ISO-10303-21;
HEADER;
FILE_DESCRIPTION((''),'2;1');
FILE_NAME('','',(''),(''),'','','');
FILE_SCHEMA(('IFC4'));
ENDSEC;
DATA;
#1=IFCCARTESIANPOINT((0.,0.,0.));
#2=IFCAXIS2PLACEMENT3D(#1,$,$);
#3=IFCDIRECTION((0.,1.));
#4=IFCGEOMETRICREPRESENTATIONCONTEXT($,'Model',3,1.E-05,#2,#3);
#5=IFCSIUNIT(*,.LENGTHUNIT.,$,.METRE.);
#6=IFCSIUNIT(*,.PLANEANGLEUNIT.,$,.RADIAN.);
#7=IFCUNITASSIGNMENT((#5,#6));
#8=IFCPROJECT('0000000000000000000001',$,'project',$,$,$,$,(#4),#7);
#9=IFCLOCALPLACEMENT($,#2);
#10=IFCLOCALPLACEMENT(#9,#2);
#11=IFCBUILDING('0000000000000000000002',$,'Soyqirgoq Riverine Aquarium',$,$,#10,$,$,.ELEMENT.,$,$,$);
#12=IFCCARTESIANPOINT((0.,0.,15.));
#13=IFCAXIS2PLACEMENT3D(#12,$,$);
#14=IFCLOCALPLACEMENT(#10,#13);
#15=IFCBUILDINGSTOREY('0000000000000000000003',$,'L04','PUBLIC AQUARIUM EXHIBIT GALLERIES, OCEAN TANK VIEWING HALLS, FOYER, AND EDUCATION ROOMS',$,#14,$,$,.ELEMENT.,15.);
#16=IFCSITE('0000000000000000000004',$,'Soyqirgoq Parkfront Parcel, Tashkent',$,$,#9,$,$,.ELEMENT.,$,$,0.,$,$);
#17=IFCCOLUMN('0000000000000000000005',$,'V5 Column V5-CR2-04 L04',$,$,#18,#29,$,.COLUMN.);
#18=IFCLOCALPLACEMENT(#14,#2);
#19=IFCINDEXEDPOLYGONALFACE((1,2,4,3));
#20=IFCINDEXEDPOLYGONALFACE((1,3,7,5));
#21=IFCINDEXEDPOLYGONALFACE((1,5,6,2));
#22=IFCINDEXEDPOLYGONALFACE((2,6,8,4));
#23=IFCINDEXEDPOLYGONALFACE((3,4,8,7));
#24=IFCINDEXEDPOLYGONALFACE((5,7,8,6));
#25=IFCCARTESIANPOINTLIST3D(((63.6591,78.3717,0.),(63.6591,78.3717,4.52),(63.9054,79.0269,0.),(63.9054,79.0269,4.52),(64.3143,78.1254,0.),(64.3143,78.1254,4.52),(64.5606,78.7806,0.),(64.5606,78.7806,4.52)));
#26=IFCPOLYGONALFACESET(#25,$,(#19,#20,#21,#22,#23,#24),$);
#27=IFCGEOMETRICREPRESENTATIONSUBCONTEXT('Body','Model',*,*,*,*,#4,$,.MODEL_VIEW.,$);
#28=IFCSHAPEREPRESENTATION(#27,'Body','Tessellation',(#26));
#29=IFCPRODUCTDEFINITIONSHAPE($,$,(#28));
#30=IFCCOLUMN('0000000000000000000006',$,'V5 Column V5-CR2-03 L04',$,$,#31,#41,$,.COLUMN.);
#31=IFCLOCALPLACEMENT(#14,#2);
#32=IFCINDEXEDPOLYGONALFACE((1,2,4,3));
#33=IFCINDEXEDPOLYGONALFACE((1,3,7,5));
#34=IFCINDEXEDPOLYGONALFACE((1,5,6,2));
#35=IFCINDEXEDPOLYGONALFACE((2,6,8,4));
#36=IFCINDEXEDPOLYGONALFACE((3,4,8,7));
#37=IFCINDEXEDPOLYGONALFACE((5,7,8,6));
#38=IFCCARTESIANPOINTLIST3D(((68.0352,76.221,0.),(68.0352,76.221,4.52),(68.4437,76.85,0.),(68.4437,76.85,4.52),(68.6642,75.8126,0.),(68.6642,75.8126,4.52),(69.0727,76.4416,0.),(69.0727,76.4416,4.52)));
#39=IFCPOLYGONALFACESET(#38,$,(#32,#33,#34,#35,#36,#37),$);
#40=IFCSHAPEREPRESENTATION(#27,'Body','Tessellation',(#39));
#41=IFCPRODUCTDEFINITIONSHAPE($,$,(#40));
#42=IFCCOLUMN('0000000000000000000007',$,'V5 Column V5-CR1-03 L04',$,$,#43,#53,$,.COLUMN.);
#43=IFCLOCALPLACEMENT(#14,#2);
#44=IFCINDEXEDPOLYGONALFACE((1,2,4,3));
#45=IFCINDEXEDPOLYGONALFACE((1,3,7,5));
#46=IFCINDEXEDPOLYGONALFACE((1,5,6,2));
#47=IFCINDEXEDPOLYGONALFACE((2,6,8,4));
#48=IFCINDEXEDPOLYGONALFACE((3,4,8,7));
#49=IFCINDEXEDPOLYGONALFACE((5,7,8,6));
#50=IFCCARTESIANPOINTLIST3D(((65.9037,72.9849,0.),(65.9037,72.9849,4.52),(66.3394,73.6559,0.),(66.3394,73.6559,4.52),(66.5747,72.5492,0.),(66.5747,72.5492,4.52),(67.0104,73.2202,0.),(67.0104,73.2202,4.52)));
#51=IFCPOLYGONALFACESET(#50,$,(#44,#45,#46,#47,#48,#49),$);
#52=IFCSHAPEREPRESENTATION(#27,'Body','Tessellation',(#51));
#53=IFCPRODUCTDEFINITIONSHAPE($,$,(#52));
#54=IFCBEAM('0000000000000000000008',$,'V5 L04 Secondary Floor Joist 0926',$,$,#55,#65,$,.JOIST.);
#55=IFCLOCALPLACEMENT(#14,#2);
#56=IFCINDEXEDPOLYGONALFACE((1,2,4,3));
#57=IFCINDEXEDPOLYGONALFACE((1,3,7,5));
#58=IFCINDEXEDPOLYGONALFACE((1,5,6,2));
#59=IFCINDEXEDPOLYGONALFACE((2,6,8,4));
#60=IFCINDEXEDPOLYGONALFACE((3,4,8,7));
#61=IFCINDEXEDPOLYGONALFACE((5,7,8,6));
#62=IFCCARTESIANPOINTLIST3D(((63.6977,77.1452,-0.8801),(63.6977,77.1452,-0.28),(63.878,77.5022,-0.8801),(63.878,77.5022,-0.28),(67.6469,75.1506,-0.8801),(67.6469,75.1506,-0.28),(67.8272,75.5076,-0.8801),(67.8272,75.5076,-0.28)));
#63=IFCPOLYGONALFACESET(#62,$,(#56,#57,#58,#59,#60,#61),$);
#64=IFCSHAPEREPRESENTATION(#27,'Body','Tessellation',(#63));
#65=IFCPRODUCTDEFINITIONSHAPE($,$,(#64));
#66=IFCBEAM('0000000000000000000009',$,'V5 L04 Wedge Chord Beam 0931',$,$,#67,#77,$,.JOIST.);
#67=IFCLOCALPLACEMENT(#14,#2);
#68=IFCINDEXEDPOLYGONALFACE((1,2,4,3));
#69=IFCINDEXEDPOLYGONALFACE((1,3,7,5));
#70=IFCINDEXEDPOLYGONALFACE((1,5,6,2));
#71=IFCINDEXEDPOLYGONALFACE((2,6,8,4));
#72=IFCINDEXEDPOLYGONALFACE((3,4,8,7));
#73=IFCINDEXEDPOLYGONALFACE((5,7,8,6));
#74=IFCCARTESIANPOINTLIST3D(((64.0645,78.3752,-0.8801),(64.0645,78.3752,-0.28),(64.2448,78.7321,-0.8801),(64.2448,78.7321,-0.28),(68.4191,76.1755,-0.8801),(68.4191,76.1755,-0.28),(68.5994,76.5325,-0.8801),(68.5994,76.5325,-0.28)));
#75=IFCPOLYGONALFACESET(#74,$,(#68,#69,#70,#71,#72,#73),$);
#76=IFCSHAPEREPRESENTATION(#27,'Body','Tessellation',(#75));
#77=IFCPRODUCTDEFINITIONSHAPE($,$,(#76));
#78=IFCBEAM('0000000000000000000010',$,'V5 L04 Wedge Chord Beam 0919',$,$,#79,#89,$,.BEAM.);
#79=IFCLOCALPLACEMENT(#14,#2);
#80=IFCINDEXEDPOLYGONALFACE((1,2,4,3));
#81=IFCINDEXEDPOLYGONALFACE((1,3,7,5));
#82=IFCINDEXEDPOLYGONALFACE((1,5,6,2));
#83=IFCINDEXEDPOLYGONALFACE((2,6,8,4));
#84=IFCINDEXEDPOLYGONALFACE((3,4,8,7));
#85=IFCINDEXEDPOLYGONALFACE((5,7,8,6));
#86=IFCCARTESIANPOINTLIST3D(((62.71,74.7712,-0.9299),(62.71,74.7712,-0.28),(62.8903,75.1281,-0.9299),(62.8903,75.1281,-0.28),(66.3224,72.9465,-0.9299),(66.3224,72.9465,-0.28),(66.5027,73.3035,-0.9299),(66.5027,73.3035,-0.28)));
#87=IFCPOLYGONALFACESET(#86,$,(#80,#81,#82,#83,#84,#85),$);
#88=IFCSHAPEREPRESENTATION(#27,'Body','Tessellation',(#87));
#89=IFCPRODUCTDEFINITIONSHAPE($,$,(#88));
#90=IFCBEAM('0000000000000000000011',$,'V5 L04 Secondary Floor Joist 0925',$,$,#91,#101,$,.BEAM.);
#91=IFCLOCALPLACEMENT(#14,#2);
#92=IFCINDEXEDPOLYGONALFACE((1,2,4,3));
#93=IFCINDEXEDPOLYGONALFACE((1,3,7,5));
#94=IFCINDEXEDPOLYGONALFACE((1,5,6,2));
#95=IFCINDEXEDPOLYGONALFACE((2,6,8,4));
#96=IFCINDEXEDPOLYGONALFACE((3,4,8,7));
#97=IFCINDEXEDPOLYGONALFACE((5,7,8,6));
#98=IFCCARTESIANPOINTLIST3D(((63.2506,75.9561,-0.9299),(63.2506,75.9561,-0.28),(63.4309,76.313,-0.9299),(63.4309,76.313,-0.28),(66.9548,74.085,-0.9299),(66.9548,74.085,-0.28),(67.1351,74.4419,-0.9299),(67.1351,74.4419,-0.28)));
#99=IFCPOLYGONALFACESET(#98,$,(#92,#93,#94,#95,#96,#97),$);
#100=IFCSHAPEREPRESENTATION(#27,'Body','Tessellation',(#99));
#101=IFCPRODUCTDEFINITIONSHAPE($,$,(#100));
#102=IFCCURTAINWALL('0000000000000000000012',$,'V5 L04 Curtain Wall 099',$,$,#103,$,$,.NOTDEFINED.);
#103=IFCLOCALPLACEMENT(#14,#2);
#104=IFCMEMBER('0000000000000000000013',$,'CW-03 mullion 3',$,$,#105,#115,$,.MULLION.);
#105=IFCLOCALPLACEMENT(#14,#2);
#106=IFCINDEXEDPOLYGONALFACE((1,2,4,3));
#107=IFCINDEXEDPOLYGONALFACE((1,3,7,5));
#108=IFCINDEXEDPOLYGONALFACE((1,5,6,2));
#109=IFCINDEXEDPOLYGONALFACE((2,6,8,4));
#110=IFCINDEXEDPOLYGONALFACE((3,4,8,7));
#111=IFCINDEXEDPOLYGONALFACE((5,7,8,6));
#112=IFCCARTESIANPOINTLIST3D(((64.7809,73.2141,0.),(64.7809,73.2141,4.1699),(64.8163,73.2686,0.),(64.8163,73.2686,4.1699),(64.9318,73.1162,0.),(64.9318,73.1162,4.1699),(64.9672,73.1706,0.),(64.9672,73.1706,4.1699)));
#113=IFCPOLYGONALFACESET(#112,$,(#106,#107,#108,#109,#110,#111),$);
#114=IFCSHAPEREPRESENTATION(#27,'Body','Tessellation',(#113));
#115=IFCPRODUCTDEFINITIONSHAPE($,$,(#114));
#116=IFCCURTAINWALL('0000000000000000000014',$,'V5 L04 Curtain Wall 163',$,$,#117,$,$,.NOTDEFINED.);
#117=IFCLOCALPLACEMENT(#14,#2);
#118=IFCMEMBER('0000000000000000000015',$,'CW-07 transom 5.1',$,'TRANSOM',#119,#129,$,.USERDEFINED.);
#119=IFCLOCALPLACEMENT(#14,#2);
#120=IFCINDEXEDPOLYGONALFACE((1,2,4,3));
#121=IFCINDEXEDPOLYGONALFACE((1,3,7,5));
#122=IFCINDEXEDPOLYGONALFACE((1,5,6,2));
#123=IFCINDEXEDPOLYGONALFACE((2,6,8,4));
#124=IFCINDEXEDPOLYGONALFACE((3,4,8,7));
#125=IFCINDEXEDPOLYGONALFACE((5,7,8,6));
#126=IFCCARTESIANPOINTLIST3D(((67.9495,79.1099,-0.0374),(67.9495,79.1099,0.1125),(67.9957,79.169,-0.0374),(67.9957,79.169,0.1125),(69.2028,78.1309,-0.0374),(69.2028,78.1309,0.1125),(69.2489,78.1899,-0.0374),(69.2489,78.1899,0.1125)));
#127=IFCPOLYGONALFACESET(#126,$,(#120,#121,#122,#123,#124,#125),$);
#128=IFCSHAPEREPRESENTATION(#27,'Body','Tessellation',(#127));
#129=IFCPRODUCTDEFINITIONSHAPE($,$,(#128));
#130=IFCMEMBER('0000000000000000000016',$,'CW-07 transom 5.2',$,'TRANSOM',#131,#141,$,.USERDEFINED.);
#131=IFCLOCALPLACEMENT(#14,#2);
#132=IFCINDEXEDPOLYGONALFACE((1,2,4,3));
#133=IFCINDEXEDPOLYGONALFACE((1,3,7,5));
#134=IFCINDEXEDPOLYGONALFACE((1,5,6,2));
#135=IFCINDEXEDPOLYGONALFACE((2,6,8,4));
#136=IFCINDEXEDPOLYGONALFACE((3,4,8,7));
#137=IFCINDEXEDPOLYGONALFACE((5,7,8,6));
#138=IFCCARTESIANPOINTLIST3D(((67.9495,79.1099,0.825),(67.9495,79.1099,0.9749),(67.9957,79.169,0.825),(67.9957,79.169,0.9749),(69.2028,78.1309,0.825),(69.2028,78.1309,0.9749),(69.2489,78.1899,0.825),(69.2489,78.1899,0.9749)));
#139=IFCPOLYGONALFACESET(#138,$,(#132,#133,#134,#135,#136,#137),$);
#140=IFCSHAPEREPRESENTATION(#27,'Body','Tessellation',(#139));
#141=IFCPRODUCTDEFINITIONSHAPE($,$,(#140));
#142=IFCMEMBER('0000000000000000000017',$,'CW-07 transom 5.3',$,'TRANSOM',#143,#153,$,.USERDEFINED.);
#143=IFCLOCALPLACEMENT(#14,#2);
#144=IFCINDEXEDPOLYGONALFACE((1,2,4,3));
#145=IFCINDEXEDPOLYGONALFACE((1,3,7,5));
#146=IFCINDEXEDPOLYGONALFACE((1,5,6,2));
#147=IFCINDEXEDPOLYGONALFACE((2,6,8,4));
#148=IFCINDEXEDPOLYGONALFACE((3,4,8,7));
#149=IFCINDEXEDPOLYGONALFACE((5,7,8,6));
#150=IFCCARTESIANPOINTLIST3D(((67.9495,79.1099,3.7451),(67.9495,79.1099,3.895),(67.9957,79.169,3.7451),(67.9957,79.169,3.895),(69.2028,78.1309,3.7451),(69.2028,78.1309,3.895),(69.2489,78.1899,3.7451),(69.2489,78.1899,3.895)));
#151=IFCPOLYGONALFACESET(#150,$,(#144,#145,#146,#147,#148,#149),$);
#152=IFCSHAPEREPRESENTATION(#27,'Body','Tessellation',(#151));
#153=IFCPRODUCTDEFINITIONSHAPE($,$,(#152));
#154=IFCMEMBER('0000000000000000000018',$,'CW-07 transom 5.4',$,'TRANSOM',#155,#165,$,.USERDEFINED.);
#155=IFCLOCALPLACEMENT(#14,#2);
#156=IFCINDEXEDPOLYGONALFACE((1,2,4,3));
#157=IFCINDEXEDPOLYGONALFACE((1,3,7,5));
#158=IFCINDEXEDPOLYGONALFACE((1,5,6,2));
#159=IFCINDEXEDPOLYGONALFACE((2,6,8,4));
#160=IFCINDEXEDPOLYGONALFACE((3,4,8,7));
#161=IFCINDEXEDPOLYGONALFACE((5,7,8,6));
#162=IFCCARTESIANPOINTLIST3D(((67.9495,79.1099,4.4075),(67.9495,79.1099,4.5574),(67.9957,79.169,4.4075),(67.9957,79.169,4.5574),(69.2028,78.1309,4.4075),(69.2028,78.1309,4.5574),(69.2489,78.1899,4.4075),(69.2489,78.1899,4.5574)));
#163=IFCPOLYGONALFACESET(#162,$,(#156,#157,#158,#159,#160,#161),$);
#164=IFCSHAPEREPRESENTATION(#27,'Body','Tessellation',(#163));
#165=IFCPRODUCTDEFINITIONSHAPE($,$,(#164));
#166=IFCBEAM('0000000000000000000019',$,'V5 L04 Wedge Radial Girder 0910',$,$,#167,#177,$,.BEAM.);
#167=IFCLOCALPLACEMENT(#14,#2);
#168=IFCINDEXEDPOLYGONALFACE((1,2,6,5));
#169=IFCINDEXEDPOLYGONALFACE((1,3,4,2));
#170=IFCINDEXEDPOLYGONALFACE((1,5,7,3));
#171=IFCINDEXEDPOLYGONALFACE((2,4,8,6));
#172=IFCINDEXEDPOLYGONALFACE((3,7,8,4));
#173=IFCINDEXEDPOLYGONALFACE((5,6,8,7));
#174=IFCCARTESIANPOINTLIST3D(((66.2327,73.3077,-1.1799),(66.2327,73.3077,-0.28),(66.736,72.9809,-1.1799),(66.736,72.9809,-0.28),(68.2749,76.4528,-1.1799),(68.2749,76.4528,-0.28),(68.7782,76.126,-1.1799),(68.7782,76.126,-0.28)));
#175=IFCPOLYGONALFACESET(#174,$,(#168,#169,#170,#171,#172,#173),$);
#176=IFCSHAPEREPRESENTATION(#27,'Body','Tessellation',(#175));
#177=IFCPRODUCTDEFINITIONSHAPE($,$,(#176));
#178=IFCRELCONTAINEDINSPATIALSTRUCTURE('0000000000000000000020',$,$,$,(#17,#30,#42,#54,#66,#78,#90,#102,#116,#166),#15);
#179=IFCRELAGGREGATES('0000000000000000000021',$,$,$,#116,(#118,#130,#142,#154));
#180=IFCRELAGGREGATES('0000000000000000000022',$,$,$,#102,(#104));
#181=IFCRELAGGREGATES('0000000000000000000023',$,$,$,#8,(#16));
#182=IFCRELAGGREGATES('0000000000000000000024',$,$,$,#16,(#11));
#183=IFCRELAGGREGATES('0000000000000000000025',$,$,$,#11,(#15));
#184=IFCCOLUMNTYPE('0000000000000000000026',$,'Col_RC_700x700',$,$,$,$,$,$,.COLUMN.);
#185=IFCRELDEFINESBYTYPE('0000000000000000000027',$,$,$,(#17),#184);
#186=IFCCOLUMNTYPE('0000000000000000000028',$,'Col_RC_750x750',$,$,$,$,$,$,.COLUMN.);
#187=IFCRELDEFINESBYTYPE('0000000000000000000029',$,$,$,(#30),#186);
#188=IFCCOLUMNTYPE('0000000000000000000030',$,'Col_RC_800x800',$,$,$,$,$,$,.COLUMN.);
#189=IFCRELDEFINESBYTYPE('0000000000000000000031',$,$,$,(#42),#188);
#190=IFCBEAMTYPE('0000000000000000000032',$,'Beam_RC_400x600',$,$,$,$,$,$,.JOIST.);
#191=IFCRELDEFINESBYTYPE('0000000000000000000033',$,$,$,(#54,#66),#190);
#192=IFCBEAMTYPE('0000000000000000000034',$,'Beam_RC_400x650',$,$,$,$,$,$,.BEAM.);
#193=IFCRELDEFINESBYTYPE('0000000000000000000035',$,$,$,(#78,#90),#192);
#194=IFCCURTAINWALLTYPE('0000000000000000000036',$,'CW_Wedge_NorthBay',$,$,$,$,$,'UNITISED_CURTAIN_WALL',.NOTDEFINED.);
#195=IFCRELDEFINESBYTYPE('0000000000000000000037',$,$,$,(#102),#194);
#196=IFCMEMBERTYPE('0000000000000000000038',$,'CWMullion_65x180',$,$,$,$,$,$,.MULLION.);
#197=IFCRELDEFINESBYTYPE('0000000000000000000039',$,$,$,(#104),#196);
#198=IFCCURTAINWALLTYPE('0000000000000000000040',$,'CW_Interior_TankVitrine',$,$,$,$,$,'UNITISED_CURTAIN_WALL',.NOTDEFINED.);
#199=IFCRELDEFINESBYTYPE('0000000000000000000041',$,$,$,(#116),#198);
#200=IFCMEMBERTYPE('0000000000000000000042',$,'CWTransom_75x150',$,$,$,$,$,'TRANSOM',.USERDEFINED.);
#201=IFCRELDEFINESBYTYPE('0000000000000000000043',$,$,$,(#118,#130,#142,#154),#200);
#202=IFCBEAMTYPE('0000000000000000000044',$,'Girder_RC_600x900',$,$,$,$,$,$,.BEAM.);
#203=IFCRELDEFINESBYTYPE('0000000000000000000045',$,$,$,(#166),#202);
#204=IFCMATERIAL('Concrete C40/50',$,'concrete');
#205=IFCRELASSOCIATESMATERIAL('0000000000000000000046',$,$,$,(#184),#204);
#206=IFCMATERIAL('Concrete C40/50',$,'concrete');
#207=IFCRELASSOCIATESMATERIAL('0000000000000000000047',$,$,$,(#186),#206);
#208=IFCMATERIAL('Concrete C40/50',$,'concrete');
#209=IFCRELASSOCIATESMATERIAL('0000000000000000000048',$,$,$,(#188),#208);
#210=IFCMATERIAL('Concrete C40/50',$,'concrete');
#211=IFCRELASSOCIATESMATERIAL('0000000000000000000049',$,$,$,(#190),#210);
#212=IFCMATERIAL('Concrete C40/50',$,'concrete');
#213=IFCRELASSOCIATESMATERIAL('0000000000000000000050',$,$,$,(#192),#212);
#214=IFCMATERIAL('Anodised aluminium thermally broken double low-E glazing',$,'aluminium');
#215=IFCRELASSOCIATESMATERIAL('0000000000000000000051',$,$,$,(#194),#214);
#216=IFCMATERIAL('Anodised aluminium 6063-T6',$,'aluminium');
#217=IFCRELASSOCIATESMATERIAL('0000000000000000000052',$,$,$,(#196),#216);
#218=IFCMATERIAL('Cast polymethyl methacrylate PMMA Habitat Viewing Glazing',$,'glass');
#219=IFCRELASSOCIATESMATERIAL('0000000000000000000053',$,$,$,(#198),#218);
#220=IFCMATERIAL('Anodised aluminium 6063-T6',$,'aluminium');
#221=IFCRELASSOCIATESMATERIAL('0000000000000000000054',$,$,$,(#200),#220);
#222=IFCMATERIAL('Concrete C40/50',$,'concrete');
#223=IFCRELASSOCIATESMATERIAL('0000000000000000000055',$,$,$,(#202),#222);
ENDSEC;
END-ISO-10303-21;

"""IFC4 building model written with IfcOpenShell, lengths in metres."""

from ifc_helpers import new_model, si_unit, direction, frame, origin, origin_2d, place, context, subcontext, project, spatial, rectangle, extrude, material, material_profile, profile_set, type_object, element, aggregate, save


model = new_model("IFC4")

# Units and contexts
model_context = context("Model", 3, precision=1e-05, world=origin(), true_north=direction((0.0, 1.0)))
body_context = subcontext(model_context, "Body", "Model", "MODEL_VIEW")
ifc_project = project(units=[si_unit("LENGTHUNIT", "METRE"), si_unit("PLANEANGLEUNIT", "RADIAN")], contexts=[model_context])

# Site, building, storey
site_placement = place(None, origin())
site = spatial("IfcSite", under=ifc_project, at=site_placement, Name="Soyqirgoq Parkfront Parcel, Tashkent", CompositionType="ELEMENT", RefElevation=0.0)
building_placement = place(site_placement, origin())
building = spatial("IfcBuilding", under=site, at=building_placement, Name="Soyqirgoq Riverine Aquarium", CompositionType="ELEMENT")
storey_placement = place(building_placement, frame((0.0, 0.0, 15.0)))
storey = spatial("IfcBuildingStorey", under=building, at=storey_placement, Name="L04", Description="PUBLIC AQUARIUM EXHIBIT GALLERIES, OCEAN TANK VIEWING HALLS, FOYER, AND EDUCATION ROOMS", CompositionType="ELEMENT", Elevation=15.0)

# Columns
ifc_material_1 = material(Name="Concrete C40/50", Category="concrete")
ifc_material_profile_1 = material_profile(ifc_material_1, rectangle(XDim=0.7, YDim=0.7, at=origin_2d()), Name="RC 700x700")
ifc_profile_set_1 = profile_set([ifc_material_profile_1], Name="Concrete C40/50")
column_type_1 = type_object("IfcColumnType", Name="Col_RC_700x700", PredefinedType="COLUMN", material=ifc_profile_set_1)
column_1_placement = place(storey_placement, frame((64.1099, 78.5762, 0.0), z_axis=(0.0, 0.0, 1.0), x_axis=(0.351842, 0.93606, 0.0)))
element("IfcColumn", 1, at=column_1_placement, inside=storey, type_object=column_type_1, Name="V5 Column V5-CR2-04 L04", PredefinedType="COLUMN", context=body_context, shape_type="SweptSolid", body=[
    extrude(rectangle(XDim=0.7, YDim=0.7, at=origin_2d()), origin(), (0.0, 0.0, 1.0), 4.52),
])
ifc_material_2 = material(Name="Concrete C40/50", Category="concrete")
ifc_material_profile_2 = material_profile(ifc_material_2, rectangle(XDim=0.75, YDim=0.75, at=origin_2d()), Name="RC 750x750")
ifc_profile_set_2 = profile_set([ifc_material_profile_2], Name="Concrete C40/50")
column_type_2 = type_object("IfcColumnType", Name="Col_RC_750x750", PredefinedType="COLUMN", material=ifc_profile_set_2)
column_2_placement = place(storey_placement, frame((68.554, 76.3313, 0.0), z_axis=(0.0, 0.0, 1.0), x_axis=(0.544639, 0.838671, 0.0)))
element("IfcColumn", 2, at=column_2_placement, inside=storey, type_object=column_type_2, Name="V5 Column V5-CR2-03 L04", PredefinedType="COLUMN", context=body_context, shape_type="SweptSolid", body=[
    extrude(rectangle(XDim=0.75, YDim=0.75, at=origin_2d()), origin(), (0.0, 0.0, 1.0), 4.52),
])
ifc_material_3 = material(Name="Concrete C40/50", Category="concrete")
ifc_material_profile_3 = material_profile(ifc_material_3, rectangle(XDim=0.8, YDim=0.8, at=origin_2d()), Name="RC 800x800")
ifc_profile_set_3 = profile_set([ifc_material_profile_3], Name="Concrete C40/50")
column_type_3 = type_object("IfcColumnType", Name="Col_RC_800x800", PredefinedType="COLUMN", material=ifc_profile_set_3)
column_3_placement = place(storey_placement, frame((66.457, 73.1025, 0.0), z_axis=(0.0, 0.0, 1.0), x_axis=(0.544639, 0.838671, 0.0)))
element("IfcColumn", 3, at=column_3_placement, inside=storey, type_object=column_type_3, Name="V5 Column V5-CR1-03 L04", PredefinedType="COLUMN", context=body_context, shape_type="SweptSolid", body=[
    extrude(rectangle(XDim=0.8, YDim=0.8, at=origin_2d()), origin(), (0.0, 0.0, 1.0), 4.52),
])

# Beams
ifc_material_4 = material(Name="Concrete C40/50", Category="concrete")
ifc_material_profile_4 = material_profile(ifc_material_4, rectangle(XDim=0.3999, YDim=0.6001, at=origin_2d()), Name="RC 400x600")
ifc_profile_set_4 = profile_set([ifc_material_profile_4], Name="Concrete C40/50")
beam_type_1 = type_object("IfcBeamType", Name="Beam_RC_400x600", PredefinedType="JOIST", material=ifc_profile_set_4)
beam_1_placement = place(storey_placement, frame((67.7371, 75.3291, -0.5801), z_axis=(-0.89261, 0.45083, 0.0), x_axis=(-0.45083, -0.89261, 0.0)))
element("IfcBeam", 4, at=beam_1_placement, inside=storey, type_object=beam_type_1, Name="V5 L04 Secondary Floor Joist 0926", PredefinedType="JOIST", context=body_context, shape_type="SweptSolid", body=[
    extrude(rectangle(XDim=0.3999, YDim=0.6001, at=origin_2d()), origin(), (0.0, 0.0, 1.0), 4.4243),
])
beam_2_placement = place(storey_placement, frame((68.5093, 76.354, -0.5801), z_axis=(-0.892588, 0.450873, 0.0), x_axis=(-0.450873, -0.892588, 0.0)))
element("IfcBeam", 5, at=beam_2_placement, inside=storey, type_object=beam_type_1, Name="V5 L04 Wedge Chord Beam 0931", PredefinedType="JOIST", context=body_context, shape_type="SweptSolid", body=[
    extrude(rectangle(XDim=0.3999, YDim=0.6001, at=origin_2d()), origin(), (0.0, 0.0, 1.0), 4.8787),
])
ifc_material_5 = material(Name="Concrete C40/50", Category="concrete")
ifc_material_profile_5 = material_profile(ifc_material_5, rectangle(XDim=0.3999, YDim=0.6499, at=origin_2d()), Name="RC 400x650")
ifc_profile_set_5 = profile_set([ifc_material_profile_5], Name="Concrete C40/50")
beam_type_2 = type_object("IfcBeamType", Name="Beam_RC_400x650", PredefinedType="BEAM", material=ifc_profile_set_5)
beam_3_placement = place(storey_placement, frame((66.4126, 73.125, -0.605), z_axis=(-0.892598, 0.450853, 0.0), x_axis=(-0.450853, -0.892598, 0.0)))
element("IfcBeam", 6, at=beam_3_placement, inside=storey, type_object=beam_type_2, Name="V5 L04 Wedge Chord Beam 0919", PredefinedType="BEAM", context=body_context, shape_type="SweptSolid", body=[
    extrude(rectangle(XDim=0.3999, YDim=0.6499, at=origin_2d()), origin(), (0.0, 0.0, 1.0), 4.0471),
])
beam_4_placement = place(storey_placement, frame((67.0449, 74.2634, -0.605), z_axis=(-0.892584, 0.450881, 0.0), x_axis=(-0.450881, -0.892584, 0.0)))
element("IfcBeam", 7, at=beam_4_placement, inside=storey, type_object=beam_type_2, Name="V5 L04 Secondary Floor Joist 0925", PredefinedType="BEAM", context=body_context, shape_type="SweptSolid", body=[
    extrude(rectangle(XDim=0.3999, YDim=0.6499, at=origin_2d()), origin(), (0.0, 0.0, 1.0), 4.1499),
])

# Curtain wall, member
ifc_material_6 = material(Name="Anodised aluminium thermally broken double low-E glazing", Category="aluminium")
curtain_wall_type_1 = type_object("IfcCurtainWallType", Name="CW_Wedge_NorthBay", ElementType="UNITISED_CURTAIN_WALL", PredefinedType="NOTDEFINED", material=ifc_material_6)
curtain_wall_1_placement = place(storey_placement, origin())
curtain_wall_1 = element("IfcCurtainWall", 8, at=curtain_wall_1_placement, inside=storey, type_object=curtain_wall_type_1, Name="V5 L04 Curtain Wall 099", PredefinedType="NOTDEFINED")
ifc_material_7 = material(Name="Anodised aluminium 6063-T6", Category="aluminium")
ifc_material_profile_6 = material_profile(ifc_material_7, rectangle(XDim=0.0649, YDim=0.1799, at=origin_2d()), Name="ALU-M 65x180")
ifc_profile_set_6 = profile_set([ifc_material_profile_6], Name="Anodised aluminium 6063-T6")
member_type_1 = type_object("IfcMemberType", Name="CWMullion_65x180", PredefinedType="MULLION", material=ifc_profile_set_6)
member_1_placement = place(storey_placement, frame((64.874, 73.1924, 0.0), z_axis=(0.0, 0.0, 1.0), x_axis=(-0.544613, -0.838688, 0.0)))
member_1 = element("IfcMember", 9, at=member_1_placement, type_object=member_type_1, Name="CW-03 mullion 3", PredefinedType="MULLION", context=body_context, shape_type="SweptSolid", body=[
    extrude(rectangle(XDim=0.0649, YDim=0.1799, at=origin_2d()), origin(), (0.0, 0.0, 1.0), 4.1699),
])

# Curtain wall, members
ifc_material_8 = material(Name="Cast polymethyl methacrylate PMMA Habitat Viewing Glazing", Category="glass")
curtain_wall_type_2 = type_object("IfcCurtainWallType", Name="CW_Interior_TankVitrine", ElementType="UNITISED_CURTAIN_WALL", PredefinedType="NOTDEFINED", material=ifc_material_8)
curtain_wall_2_placement = place(storey_placement, origin())
curtain_wall_2 = element("IfcCurtainWall", 10, at=curtain_wall_2_placement, inside=storey, type_object=curtain_wall_type_2, Name="V5 L04 Curtain Wall 163", PredefinedType="NOTDEFINED")
ifc_material_9 = material(Name="Anodised aluminium 6063-T6", Category="aluminium")
ifc_material_profile_7 = material_profile(ifc_material_9, rectangle(XDim=0.075, YDim=0.1499, at=origin_2d()), Name="ALU-T 75x150")
ifc_profile_set_7 = profile_set([ifc_material_profile_7], Name="Anodised aluminium 6063-T6")
member_type_2 = type_object("IfcMemberType", Name="CWTransom_75x150", ElementType="TRANSOM", PredefinedType="USERDEFINED", material=ifc_profile_set_7)
member_2_placement = place(storey_placement, frame((69.2258, 78.1604, 0.0376), z_axis=(-0.788036, 0.615629, 0.0), x_axis=(-0.615629, -0.788036, 0.0)))
member_2 = element("IfcMember", 11, at=member_2_placement, type_object=member_type_2, Name="CW-07 transom 5.1", ObjectType="TRANSOM", PredefinedType="USERDEFINED", context=body_context, shape_type="SweptSolid", body=[
    extrude(rectangle(XDim=0.075, YDim=0.1499, at=origin_2d()), origin(), (0.0, 0.0, 1.0), 1.5903),
])
member_3_placement = place(storey_placement, frame((69.2258, 78.1604, 0.8999), z_axis=(-0.788036, 0.615629, 0.0), x_axis=(-0.615629, -0.788036, 0.0)))
member_3 = element("IfcMember", 12, at=member_3_placement, type_object=member_type_2, Name="CW-07 transom 5.2", ObjectType="TRANSOM", PredefinedType="USERDEFINED", context=body_context, shape_type="SweptSolid", body=[
    extrude(rectangle(XDim=0.075, YDim=0.1499, at=origin_2d()), origin(), (0.0, 0.0, 1.0), 1.5903),
])
member_4_placement = place(storey_placement, frame((69.2258, 78.1604, 3.8201), z_axis=(-0.788036, 0.615629, 0.0), x_axis=(-0.615629, -0.788036, 0.0)))
member_4 = element("IfcMember", 13, at=member_4_placement, type_object=member_type_2, Name="CW-07 transom 5.3", ObjectType="TRANSOM", PredefinedType="USERDEFINED", context=body_context, shape_type="SweptSolid", body=[
    extrude(rectangle(XDim=0.075, YDim=0.1499, at=origin_2d()), origin(), (0.0, 0.0, 1.0), 1.5903),
])
member_5_placement = place(storey_placement, frame((69.2258, 78.1604, 4.4824), z_axis=(-0.788036, 0.615629, 0.0), x_axis=(-0.615629, -0.788036, 0.0)))
member_5 = element("IfcMember", 14, at=member_5_placement, type_object=member_type_2, Name="CW-07 transom 5.4", ObjectType="TRANSOM", PredefinedType="USERDEFINED", context=body_context, shape_type="SweptSolid", body=[
    extrude(rectangle(XDim=0.075, YDim=0.1499, at=origin_2d()), origin(), (0.0, 0.0, 1.0), 1.5903),
])
aggregate(curtain_wall_2, [member_2, member_3, member_4, member_5])

# Beam
ifc_material_10 = material(Name="Concrete C40/50", Category="concrete")
ifc_material_profile_8 = material_profile(ifc_material_10, rectangle(XDim=0.6001, YDim=0.8999, at=origin_2d()), Name="RC 600x900")
ifc_profile_set_8 = profile_set([ifc_material_profile_8], Name="Concrete C40/50")
beam_type_3 = type_object("IfcBeamType", Name="Girder_RC_600x900", PredefinedType="BEAM", material=ifc_profile_set_8)
beam_5_placement = place(storey_placement, frame((66.4844, 73.1443, -0.73), z_axis=(0.544579, 0.83871, 0.0), x_axis=(-0.83871, 0.544579, 0.0)))
element("IfcBeam", 15, at=beam_5_placement, inside=storey, type_object=beam_type_3, Name="V5 L04 Wedge Radial Girder 0910", PredefinedType="BEAM", context=body_context, shape_type="SweptSolid", body=[
    extrude(rectangle(XDim=0.6001, YDim=0.8999, at=origin_2d()), origin(), (0.0, 0.0, 1.0), 3.75),
])

aggregate(curtain_wall_1, [member_1])

save(model, "model.ifc")
